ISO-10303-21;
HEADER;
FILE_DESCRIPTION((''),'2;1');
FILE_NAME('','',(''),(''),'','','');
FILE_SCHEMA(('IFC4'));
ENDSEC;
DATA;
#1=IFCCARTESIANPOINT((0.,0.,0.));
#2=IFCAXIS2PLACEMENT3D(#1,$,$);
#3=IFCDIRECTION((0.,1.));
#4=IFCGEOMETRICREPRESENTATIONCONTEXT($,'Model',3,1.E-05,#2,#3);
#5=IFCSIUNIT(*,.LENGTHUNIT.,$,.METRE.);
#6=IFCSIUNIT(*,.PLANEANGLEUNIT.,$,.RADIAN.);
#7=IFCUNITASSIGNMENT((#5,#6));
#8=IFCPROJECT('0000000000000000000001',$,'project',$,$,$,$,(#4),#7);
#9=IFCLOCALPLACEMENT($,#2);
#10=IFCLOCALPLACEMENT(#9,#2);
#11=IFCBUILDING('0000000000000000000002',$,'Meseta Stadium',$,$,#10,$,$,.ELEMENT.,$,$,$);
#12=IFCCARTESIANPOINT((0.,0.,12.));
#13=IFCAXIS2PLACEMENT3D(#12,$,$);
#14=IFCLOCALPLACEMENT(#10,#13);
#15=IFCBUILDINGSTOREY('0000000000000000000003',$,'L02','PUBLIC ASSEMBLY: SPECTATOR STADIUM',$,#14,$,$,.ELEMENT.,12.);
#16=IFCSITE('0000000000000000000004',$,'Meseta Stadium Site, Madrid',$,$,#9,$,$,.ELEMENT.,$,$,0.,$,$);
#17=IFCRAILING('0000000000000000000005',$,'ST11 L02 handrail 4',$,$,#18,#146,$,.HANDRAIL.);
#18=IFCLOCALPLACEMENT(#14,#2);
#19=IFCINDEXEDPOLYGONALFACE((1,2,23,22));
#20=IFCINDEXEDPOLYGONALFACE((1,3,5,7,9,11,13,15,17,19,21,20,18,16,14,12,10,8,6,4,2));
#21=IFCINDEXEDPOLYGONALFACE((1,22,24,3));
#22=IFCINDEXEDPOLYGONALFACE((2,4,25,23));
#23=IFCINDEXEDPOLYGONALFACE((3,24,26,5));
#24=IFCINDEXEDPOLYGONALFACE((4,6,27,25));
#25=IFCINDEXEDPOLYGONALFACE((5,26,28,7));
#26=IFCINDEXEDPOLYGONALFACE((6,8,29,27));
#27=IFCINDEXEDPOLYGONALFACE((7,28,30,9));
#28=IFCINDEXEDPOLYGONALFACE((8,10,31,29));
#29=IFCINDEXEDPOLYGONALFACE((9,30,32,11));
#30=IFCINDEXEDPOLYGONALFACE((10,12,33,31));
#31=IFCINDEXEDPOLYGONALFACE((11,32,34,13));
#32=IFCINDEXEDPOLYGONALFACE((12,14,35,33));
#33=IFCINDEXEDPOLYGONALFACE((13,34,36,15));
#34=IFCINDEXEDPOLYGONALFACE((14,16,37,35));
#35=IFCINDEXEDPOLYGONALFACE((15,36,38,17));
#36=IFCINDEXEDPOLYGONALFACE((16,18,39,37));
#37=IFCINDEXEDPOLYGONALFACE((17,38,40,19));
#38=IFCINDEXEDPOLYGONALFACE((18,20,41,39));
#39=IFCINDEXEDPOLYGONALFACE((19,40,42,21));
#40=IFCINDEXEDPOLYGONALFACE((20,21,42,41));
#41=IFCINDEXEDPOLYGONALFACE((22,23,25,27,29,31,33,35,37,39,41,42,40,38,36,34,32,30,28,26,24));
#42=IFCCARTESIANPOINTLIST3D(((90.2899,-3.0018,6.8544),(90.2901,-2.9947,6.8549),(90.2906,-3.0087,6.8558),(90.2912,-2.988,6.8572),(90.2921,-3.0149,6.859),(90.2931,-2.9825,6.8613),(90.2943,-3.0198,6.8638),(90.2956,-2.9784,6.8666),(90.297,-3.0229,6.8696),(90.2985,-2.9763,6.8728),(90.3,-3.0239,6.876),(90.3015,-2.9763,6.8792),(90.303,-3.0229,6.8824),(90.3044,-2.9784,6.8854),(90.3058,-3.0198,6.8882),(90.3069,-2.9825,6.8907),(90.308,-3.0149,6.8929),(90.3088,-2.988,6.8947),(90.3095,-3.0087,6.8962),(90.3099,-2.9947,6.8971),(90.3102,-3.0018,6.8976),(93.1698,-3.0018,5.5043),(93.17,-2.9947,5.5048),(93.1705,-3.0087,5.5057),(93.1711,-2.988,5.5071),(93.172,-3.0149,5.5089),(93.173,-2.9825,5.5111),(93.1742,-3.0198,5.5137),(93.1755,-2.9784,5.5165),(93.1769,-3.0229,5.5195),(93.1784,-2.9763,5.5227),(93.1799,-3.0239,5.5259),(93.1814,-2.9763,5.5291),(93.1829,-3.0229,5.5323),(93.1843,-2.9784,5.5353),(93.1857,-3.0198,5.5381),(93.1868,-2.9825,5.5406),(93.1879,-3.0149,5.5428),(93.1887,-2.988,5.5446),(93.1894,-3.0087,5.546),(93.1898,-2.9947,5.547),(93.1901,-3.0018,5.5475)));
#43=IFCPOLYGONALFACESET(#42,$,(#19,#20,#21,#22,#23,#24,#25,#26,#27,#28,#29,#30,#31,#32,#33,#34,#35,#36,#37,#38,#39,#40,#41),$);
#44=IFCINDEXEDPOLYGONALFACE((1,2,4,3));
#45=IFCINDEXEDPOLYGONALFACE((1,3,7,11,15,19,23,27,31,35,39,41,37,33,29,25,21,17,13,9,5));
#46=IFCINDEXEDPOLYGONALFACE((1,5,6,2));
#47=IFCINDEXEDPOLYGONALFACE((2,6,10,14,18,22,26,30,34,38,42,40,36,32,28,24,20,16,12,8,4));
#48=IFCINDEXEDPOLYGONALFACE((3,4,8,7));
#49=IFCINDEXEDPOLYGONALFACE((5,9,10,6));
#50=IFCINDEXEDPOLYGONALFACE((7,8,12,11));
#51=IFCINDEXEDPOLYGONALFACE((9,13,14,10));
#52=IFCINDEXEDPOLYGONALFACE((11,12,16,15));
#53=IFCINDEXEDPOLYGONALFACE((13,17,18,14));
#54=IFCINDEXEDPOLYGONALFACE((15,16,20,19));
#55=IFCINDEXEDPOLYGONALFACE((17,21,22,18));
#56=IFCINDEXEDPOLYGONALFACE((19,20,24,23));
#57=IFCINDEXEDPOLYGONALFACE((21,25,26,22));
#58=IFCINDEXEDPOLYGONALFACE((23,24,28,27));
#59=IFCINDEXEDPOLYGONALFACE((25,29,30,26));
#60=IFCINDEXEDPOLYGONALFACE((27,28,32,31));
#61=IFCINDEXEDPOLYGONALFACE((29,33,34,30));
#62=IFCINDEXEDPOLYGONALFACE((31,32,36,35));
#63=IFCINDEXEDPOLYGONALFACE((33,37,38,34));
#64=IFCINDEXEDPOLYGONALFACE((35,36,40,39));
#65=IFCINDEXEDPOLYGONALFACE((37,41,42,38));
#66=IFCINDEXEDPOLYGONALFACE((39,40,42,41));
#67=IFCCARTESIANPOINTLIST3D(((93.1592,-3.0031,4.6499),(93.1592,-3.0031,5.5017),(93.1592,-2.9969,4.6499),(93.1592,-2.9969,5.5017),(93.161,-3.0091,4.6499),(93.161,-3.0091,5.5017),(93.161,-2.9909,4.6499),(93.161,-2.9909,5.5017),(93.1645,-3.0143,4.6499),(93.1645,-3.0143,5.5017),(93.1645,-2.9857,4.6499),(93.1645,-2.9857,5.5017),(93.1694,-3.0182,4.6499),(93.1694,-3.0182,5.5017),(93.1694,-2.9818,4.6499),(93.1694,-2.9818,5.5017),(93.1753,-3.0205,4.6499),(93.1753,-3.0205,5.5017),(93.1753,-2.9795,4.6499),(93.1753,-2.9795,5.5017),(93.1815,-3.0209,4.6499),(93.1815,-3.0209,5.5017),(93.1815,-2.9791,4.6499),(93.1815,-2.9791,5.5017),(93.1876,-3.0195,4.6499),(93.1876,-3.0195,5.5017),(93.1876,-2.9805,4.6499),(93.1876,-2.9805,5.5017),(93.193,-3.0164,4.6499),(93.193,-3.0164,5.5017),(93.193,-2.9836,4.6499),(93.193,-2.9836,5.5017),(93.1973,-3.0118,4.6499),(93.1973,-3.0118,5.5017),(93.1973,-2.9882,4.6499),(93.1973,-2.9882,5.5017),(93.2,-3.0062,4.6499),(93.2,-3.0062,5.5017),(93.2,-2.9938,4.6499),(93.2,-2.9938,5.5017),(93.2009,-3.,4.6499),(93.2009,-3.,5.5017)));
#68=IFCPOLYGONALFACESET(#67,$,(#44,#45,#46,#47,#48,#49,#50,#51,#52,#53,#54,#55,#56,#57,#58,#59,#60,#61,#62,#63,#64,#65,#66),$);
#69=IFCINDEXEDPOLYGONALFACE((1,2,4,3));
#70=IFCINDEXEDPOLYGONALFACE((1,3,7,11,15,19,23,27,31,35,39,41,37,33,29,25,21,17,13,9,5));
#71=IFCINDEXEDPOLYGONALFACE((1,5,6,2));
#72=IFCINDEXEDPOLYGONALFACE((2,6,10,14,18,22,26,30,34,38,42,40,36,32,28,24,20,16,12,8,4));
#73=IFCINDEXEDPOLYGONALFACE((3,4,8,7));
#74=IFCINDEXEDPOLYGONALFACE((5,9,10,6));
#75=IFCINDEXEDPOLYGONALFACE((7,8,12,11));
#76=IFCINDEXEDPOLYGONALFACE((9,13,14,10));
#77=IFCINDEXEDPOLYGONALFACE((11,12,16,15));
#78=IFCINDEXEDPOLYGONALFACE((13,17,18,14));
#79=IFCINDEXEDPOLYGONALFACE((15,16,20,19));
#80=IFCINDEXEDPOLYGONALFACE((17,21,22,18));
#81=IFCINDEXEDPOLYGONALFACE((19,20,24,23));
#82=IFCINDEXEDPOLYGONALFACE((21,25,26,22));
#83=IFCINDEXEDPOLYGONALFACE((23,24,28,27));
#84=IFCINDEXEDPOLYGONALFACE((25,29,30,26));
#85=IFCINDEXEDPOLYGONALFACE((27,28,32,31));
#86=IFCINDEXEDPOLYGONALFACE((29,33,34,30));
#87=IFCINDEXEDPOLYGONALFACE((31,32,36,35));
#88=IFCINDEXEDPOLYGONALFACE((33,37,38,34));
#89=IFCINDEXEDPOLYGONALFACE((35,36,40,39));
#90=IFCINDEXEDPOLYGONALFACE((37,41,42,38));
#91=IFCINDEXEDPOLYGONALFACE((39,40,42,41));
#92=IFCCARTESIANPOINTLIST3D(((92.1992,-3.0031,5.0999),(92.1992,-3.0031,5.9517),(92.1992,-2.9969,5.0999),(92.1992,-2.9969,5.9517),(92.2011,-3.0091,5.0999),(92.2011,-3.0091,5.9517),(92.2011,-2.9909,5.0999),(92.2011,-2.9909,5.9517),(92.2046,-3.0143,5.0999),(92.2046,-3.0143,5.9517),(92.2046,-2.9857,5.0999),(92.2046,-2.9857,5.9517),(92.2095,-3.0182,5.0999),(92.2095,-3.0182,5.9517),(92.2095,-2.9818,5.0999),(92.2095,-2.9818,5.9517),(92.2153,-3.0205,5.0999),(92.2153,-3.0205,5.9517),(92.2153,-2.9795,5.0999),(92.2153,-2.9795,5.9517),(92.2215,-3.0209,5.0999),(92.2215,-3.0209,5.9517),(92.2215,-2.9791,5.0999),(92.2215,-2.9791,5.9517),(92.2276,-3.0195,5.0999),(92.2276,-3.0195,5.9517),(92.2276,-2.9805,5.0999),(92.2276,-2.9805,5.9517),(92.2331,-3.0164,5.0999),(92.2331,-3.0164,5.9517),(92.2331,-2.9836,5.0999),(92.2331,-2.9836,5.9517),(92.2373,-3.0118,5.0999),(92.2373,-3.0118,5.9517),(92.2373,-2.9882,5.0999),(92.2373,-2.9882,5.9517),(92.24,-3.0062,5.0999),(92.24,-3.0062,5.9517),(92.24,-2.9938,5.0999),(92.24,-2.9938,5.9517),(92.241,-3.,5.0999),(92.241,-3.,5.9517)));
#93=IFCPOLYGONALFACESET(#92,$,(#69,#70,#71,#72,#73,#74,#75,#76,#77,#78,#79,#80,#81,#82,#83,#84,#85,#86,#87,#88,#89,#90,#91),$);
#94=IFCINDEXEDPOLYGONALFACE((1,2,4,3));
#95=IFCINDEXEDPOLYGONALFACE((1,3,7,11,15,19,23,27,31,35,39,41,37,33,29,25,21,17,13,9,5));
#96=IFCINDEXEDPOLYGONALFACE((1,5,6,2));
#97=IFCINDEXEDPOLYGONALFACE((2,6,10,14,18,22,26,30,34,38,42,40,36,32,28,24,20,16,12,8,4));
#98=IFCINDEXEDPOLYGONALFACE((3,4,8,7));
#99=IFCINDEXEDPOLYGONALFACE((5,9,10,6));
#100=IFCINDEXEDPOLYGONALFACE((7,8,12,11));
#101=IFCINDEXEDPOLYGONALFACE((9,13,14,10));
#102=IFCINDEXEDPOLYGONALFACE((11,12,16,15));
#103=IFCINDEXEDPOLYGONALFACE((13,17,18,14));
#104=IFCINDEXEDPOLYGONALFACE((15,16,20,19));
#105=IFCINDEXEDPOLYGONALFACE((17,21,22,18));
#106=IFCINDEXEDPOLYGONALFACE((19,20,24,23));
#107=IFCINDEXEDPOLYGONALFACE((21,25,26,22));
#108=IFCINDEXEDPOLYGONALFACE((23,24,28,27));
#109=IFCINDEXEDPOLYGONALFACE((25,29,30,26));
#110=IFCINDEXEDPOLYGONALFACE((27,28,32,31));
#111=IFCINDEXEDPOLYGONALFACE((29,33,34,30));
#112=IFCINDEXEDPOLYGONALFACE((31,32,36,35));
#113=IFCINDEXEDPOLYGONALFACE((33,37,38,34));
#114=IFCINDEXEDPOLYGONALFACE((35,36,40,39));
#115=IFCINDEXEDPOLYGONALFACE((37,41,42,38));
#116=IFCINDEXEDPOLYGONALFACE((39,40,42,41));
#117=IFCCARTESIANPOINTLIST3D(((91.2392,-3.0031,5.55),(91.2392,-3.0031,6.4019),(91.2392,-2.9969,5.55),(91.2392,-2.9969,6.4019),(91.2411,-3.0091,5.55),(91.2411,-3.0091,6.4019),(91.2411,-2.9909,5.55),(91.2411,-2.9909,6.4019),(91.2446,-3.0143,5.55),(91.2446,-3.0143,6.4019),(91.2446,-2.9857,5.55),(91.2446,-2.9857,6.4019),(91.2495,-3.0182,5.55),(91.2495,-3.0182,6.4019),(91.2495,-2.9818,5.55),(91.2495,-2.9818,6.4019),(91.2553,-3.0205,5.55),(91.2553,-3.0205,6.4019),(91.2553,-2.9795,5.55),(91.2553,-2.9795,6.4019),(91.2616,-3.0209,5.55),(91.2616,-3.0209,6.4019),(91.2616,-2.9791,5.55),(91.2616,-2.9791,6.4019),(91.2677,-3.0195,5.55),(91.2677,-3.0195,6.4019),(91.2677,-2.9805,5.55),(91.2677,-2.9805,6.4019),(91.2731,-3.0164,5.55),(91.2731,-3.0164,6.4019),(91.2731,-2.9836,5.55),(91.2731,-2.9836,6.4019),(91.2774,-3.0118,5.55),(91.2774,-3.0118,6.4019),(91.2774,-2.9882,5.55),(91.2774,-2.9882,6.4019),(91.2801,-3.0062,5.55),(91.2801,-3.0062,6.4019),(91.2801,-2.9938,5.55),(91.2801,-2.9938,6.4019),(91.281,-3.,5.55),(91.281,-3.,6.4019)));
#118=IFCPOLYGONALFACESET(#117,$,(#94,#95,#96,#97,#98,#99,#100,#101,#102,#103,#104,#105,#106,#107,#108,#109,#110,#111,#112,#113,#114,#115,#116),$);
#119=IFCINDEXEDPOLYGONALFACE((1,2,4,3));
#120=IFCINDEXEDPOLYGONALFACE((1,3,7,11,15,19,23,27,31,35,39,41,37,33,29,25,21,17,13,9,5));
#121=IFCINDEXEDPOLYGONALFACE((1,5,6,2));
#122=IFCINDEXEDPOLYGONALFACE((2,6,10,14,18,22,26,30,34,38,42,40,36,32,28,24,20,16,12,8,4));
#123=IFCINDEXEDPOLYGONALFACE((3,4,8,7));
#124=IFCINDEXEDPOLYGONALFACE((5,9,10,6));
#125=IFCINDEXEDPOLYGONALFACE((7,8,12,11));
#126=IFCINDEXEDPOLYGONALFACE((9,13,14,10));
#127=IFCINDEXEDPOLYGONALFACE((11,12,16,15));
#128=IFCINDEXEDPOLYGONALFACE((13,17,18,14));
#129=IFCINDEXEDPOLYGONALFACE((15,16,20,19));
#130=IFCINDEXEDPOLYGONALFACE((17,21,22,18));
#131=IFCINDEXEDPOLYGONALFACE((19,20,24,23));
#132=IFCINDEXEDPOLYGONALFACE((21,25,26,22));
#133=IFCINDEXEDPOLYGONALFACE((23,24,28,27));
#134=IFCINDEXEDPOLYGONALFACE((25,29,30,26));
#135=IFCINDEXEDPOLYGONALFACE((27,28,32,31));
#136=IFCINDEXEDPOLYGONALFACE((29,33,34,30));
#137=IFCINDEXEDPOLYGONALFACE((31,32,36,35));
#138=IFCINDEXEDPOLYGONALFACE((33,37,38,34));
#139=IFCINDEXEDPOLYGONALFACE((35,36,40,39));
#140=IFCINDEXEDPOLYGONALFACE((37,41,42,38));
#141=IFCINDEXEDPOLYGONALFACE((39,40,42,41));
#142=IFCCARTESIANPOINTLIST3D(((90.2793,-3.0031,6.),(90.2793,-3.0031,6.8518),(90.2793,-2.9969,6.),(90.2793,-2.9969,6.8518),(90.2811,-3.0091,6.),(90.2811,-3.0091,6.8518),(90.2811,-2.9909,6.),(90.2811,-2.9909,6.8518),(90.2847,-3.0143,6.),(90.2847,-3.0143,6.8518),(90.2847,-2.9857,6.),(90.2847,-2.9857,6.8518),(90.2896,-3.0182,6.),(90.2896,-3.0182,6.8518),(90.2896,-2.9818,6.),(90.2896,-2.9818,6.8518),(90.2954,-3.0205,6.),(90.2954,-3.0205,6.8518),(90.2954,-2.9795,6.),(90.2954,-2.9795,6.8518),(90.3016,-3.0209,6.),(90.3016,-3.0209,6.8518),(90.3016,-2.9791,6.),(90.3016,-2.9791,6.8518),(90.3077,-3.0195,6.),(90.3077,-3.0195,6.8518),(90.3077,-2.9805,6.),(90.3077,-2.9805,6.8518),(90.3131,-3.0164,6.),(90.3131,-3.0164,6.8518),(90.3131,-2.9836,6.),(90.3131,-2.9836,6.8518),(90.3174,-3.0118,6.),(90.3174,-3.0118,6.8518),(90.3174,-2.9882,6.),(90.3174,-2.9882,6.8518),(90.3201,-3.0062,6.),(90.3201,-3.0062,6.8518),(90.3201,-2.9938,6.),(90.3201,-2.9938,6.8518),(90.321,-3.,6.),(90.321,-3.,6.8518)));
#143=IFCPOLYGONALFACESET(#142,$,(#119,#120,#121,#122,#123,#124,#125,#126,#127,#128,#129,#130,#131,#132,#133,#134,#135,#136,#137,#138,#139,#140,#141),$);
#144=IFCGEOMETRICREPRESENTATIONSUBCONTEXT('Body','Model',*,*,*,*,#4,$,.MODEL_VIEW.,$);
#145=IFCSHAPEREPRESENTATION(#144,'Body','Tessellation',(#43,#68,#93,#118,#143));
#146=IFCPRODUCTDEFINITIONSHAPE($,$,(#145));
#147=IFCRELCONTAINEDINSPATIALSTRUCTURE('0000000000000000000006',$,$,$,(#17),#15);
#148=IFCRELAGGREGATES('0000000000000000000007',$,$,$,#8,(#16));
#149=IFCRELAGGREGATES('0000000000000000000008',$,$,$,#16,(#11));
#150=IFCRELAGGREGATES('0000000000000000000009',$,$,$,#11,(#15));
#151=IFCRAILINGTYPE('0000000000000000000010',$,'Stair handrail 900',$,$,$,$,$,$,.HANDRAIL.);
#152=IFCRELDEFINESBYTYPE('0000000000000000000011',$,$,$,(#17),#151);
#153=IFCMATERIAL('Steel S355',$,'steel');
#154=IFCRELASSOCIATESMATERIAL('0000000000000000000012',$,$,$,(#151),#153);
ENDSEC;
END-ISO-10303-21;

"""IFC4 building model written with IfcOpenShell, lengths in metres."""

from ifc_helpers import new_model, si_unit, direction, frame, origin, origin_2d, place, context, subcontext, project, spatial, circle, extrude, material, type_object, element, save


model = new_model("IFC4")

# Units and contexts
model_context = context("Model", 3, precision=1e-05, world=origin(), true_north=direction((0.0, 1.0)))
body_context = subcontext(model_context, "Body", "Model", "MODEL_VIEW")
ifc_project = project(units=[si_unit("LENGTHUNIT", "METRE"), si_unit("PLANEANGLEUNIT", "RADIAN")], contexts=[model_context])

# Site, building, storey
site_placement = place(None, origin())
site = spatial("IfcSite", under=ifc_project, at=site_placement, Name="Meseta Stadium Site, Madrid", CompositionType="ELEMENT", RefElevation=0.0)
building_placement = place(site_placement, origin())
building = spatial("IfcBuilding", under=site, at=building_placement, Name="Meseta Stadium", CompositionType="ELEMENT")
storey_placement = place(building_placement, frame((0.0, 0.0, 12.0)))
storey = spatial("IfcBuildingStorey", under=building, at=storey_placement, Name="L02", Description="PUBLIC ASSEMBLY: SPECTATOR STADIUM", CompositionType="ELEMENT", Elevation=12.0)

# Railing
ifc_material_1 = material(Name="Steel S355", Category="steel")
railing_type_1 = type_object("IfcRailingType", Name="Stair handrail 900", PredefinedType="HANDRAIL", material=ifc_material_1)
railing_1_placement = place(storey_placement, frame((93.1799, -3.0, 4.6499)))
element("IfcRailing", 1, at=railing_1_placement, inside=storey, type_object=railing_type_1, Name="ST11 L02 handrail 4", PredefinedType="HANDRAIL", context=body_context, shape_type="SweptSolid", body=[
    extrude(circle(Radius=0.0239, at=origin_2d()), frame((0.0, 0.0, 0.876), z_axis=(-0.90544, 0.0, 0.424473), x_axis=(0.0, -1.0, 0.0)), (0.0, 0.0, 1.0), 3.1807),
    extrude(circle(Radius=0.021, at=origin_2d()), origin(), (0.0, 0.0, 1.0), 0.8518),
    extrude(circle(Radius=0.021, at=origin_2d()), frame((-0.96, 0.0, 0.45)), (0.0, 0.0, 1.0), 0.8518),
    extrude(circle(Radius=0.021, at=origin_2d()), frame((-1.9199, 0.0, 0.9001)), (0.0, 0.0, 1.0), 0.8518),
    extrude(circle(Radius=0.021, at=origin_2d()), frame((-2.8799, 0.0, 1.3501)), (0.0, 0.0, 1.0), 0.8518),
])

save(model, "model.ifc")
